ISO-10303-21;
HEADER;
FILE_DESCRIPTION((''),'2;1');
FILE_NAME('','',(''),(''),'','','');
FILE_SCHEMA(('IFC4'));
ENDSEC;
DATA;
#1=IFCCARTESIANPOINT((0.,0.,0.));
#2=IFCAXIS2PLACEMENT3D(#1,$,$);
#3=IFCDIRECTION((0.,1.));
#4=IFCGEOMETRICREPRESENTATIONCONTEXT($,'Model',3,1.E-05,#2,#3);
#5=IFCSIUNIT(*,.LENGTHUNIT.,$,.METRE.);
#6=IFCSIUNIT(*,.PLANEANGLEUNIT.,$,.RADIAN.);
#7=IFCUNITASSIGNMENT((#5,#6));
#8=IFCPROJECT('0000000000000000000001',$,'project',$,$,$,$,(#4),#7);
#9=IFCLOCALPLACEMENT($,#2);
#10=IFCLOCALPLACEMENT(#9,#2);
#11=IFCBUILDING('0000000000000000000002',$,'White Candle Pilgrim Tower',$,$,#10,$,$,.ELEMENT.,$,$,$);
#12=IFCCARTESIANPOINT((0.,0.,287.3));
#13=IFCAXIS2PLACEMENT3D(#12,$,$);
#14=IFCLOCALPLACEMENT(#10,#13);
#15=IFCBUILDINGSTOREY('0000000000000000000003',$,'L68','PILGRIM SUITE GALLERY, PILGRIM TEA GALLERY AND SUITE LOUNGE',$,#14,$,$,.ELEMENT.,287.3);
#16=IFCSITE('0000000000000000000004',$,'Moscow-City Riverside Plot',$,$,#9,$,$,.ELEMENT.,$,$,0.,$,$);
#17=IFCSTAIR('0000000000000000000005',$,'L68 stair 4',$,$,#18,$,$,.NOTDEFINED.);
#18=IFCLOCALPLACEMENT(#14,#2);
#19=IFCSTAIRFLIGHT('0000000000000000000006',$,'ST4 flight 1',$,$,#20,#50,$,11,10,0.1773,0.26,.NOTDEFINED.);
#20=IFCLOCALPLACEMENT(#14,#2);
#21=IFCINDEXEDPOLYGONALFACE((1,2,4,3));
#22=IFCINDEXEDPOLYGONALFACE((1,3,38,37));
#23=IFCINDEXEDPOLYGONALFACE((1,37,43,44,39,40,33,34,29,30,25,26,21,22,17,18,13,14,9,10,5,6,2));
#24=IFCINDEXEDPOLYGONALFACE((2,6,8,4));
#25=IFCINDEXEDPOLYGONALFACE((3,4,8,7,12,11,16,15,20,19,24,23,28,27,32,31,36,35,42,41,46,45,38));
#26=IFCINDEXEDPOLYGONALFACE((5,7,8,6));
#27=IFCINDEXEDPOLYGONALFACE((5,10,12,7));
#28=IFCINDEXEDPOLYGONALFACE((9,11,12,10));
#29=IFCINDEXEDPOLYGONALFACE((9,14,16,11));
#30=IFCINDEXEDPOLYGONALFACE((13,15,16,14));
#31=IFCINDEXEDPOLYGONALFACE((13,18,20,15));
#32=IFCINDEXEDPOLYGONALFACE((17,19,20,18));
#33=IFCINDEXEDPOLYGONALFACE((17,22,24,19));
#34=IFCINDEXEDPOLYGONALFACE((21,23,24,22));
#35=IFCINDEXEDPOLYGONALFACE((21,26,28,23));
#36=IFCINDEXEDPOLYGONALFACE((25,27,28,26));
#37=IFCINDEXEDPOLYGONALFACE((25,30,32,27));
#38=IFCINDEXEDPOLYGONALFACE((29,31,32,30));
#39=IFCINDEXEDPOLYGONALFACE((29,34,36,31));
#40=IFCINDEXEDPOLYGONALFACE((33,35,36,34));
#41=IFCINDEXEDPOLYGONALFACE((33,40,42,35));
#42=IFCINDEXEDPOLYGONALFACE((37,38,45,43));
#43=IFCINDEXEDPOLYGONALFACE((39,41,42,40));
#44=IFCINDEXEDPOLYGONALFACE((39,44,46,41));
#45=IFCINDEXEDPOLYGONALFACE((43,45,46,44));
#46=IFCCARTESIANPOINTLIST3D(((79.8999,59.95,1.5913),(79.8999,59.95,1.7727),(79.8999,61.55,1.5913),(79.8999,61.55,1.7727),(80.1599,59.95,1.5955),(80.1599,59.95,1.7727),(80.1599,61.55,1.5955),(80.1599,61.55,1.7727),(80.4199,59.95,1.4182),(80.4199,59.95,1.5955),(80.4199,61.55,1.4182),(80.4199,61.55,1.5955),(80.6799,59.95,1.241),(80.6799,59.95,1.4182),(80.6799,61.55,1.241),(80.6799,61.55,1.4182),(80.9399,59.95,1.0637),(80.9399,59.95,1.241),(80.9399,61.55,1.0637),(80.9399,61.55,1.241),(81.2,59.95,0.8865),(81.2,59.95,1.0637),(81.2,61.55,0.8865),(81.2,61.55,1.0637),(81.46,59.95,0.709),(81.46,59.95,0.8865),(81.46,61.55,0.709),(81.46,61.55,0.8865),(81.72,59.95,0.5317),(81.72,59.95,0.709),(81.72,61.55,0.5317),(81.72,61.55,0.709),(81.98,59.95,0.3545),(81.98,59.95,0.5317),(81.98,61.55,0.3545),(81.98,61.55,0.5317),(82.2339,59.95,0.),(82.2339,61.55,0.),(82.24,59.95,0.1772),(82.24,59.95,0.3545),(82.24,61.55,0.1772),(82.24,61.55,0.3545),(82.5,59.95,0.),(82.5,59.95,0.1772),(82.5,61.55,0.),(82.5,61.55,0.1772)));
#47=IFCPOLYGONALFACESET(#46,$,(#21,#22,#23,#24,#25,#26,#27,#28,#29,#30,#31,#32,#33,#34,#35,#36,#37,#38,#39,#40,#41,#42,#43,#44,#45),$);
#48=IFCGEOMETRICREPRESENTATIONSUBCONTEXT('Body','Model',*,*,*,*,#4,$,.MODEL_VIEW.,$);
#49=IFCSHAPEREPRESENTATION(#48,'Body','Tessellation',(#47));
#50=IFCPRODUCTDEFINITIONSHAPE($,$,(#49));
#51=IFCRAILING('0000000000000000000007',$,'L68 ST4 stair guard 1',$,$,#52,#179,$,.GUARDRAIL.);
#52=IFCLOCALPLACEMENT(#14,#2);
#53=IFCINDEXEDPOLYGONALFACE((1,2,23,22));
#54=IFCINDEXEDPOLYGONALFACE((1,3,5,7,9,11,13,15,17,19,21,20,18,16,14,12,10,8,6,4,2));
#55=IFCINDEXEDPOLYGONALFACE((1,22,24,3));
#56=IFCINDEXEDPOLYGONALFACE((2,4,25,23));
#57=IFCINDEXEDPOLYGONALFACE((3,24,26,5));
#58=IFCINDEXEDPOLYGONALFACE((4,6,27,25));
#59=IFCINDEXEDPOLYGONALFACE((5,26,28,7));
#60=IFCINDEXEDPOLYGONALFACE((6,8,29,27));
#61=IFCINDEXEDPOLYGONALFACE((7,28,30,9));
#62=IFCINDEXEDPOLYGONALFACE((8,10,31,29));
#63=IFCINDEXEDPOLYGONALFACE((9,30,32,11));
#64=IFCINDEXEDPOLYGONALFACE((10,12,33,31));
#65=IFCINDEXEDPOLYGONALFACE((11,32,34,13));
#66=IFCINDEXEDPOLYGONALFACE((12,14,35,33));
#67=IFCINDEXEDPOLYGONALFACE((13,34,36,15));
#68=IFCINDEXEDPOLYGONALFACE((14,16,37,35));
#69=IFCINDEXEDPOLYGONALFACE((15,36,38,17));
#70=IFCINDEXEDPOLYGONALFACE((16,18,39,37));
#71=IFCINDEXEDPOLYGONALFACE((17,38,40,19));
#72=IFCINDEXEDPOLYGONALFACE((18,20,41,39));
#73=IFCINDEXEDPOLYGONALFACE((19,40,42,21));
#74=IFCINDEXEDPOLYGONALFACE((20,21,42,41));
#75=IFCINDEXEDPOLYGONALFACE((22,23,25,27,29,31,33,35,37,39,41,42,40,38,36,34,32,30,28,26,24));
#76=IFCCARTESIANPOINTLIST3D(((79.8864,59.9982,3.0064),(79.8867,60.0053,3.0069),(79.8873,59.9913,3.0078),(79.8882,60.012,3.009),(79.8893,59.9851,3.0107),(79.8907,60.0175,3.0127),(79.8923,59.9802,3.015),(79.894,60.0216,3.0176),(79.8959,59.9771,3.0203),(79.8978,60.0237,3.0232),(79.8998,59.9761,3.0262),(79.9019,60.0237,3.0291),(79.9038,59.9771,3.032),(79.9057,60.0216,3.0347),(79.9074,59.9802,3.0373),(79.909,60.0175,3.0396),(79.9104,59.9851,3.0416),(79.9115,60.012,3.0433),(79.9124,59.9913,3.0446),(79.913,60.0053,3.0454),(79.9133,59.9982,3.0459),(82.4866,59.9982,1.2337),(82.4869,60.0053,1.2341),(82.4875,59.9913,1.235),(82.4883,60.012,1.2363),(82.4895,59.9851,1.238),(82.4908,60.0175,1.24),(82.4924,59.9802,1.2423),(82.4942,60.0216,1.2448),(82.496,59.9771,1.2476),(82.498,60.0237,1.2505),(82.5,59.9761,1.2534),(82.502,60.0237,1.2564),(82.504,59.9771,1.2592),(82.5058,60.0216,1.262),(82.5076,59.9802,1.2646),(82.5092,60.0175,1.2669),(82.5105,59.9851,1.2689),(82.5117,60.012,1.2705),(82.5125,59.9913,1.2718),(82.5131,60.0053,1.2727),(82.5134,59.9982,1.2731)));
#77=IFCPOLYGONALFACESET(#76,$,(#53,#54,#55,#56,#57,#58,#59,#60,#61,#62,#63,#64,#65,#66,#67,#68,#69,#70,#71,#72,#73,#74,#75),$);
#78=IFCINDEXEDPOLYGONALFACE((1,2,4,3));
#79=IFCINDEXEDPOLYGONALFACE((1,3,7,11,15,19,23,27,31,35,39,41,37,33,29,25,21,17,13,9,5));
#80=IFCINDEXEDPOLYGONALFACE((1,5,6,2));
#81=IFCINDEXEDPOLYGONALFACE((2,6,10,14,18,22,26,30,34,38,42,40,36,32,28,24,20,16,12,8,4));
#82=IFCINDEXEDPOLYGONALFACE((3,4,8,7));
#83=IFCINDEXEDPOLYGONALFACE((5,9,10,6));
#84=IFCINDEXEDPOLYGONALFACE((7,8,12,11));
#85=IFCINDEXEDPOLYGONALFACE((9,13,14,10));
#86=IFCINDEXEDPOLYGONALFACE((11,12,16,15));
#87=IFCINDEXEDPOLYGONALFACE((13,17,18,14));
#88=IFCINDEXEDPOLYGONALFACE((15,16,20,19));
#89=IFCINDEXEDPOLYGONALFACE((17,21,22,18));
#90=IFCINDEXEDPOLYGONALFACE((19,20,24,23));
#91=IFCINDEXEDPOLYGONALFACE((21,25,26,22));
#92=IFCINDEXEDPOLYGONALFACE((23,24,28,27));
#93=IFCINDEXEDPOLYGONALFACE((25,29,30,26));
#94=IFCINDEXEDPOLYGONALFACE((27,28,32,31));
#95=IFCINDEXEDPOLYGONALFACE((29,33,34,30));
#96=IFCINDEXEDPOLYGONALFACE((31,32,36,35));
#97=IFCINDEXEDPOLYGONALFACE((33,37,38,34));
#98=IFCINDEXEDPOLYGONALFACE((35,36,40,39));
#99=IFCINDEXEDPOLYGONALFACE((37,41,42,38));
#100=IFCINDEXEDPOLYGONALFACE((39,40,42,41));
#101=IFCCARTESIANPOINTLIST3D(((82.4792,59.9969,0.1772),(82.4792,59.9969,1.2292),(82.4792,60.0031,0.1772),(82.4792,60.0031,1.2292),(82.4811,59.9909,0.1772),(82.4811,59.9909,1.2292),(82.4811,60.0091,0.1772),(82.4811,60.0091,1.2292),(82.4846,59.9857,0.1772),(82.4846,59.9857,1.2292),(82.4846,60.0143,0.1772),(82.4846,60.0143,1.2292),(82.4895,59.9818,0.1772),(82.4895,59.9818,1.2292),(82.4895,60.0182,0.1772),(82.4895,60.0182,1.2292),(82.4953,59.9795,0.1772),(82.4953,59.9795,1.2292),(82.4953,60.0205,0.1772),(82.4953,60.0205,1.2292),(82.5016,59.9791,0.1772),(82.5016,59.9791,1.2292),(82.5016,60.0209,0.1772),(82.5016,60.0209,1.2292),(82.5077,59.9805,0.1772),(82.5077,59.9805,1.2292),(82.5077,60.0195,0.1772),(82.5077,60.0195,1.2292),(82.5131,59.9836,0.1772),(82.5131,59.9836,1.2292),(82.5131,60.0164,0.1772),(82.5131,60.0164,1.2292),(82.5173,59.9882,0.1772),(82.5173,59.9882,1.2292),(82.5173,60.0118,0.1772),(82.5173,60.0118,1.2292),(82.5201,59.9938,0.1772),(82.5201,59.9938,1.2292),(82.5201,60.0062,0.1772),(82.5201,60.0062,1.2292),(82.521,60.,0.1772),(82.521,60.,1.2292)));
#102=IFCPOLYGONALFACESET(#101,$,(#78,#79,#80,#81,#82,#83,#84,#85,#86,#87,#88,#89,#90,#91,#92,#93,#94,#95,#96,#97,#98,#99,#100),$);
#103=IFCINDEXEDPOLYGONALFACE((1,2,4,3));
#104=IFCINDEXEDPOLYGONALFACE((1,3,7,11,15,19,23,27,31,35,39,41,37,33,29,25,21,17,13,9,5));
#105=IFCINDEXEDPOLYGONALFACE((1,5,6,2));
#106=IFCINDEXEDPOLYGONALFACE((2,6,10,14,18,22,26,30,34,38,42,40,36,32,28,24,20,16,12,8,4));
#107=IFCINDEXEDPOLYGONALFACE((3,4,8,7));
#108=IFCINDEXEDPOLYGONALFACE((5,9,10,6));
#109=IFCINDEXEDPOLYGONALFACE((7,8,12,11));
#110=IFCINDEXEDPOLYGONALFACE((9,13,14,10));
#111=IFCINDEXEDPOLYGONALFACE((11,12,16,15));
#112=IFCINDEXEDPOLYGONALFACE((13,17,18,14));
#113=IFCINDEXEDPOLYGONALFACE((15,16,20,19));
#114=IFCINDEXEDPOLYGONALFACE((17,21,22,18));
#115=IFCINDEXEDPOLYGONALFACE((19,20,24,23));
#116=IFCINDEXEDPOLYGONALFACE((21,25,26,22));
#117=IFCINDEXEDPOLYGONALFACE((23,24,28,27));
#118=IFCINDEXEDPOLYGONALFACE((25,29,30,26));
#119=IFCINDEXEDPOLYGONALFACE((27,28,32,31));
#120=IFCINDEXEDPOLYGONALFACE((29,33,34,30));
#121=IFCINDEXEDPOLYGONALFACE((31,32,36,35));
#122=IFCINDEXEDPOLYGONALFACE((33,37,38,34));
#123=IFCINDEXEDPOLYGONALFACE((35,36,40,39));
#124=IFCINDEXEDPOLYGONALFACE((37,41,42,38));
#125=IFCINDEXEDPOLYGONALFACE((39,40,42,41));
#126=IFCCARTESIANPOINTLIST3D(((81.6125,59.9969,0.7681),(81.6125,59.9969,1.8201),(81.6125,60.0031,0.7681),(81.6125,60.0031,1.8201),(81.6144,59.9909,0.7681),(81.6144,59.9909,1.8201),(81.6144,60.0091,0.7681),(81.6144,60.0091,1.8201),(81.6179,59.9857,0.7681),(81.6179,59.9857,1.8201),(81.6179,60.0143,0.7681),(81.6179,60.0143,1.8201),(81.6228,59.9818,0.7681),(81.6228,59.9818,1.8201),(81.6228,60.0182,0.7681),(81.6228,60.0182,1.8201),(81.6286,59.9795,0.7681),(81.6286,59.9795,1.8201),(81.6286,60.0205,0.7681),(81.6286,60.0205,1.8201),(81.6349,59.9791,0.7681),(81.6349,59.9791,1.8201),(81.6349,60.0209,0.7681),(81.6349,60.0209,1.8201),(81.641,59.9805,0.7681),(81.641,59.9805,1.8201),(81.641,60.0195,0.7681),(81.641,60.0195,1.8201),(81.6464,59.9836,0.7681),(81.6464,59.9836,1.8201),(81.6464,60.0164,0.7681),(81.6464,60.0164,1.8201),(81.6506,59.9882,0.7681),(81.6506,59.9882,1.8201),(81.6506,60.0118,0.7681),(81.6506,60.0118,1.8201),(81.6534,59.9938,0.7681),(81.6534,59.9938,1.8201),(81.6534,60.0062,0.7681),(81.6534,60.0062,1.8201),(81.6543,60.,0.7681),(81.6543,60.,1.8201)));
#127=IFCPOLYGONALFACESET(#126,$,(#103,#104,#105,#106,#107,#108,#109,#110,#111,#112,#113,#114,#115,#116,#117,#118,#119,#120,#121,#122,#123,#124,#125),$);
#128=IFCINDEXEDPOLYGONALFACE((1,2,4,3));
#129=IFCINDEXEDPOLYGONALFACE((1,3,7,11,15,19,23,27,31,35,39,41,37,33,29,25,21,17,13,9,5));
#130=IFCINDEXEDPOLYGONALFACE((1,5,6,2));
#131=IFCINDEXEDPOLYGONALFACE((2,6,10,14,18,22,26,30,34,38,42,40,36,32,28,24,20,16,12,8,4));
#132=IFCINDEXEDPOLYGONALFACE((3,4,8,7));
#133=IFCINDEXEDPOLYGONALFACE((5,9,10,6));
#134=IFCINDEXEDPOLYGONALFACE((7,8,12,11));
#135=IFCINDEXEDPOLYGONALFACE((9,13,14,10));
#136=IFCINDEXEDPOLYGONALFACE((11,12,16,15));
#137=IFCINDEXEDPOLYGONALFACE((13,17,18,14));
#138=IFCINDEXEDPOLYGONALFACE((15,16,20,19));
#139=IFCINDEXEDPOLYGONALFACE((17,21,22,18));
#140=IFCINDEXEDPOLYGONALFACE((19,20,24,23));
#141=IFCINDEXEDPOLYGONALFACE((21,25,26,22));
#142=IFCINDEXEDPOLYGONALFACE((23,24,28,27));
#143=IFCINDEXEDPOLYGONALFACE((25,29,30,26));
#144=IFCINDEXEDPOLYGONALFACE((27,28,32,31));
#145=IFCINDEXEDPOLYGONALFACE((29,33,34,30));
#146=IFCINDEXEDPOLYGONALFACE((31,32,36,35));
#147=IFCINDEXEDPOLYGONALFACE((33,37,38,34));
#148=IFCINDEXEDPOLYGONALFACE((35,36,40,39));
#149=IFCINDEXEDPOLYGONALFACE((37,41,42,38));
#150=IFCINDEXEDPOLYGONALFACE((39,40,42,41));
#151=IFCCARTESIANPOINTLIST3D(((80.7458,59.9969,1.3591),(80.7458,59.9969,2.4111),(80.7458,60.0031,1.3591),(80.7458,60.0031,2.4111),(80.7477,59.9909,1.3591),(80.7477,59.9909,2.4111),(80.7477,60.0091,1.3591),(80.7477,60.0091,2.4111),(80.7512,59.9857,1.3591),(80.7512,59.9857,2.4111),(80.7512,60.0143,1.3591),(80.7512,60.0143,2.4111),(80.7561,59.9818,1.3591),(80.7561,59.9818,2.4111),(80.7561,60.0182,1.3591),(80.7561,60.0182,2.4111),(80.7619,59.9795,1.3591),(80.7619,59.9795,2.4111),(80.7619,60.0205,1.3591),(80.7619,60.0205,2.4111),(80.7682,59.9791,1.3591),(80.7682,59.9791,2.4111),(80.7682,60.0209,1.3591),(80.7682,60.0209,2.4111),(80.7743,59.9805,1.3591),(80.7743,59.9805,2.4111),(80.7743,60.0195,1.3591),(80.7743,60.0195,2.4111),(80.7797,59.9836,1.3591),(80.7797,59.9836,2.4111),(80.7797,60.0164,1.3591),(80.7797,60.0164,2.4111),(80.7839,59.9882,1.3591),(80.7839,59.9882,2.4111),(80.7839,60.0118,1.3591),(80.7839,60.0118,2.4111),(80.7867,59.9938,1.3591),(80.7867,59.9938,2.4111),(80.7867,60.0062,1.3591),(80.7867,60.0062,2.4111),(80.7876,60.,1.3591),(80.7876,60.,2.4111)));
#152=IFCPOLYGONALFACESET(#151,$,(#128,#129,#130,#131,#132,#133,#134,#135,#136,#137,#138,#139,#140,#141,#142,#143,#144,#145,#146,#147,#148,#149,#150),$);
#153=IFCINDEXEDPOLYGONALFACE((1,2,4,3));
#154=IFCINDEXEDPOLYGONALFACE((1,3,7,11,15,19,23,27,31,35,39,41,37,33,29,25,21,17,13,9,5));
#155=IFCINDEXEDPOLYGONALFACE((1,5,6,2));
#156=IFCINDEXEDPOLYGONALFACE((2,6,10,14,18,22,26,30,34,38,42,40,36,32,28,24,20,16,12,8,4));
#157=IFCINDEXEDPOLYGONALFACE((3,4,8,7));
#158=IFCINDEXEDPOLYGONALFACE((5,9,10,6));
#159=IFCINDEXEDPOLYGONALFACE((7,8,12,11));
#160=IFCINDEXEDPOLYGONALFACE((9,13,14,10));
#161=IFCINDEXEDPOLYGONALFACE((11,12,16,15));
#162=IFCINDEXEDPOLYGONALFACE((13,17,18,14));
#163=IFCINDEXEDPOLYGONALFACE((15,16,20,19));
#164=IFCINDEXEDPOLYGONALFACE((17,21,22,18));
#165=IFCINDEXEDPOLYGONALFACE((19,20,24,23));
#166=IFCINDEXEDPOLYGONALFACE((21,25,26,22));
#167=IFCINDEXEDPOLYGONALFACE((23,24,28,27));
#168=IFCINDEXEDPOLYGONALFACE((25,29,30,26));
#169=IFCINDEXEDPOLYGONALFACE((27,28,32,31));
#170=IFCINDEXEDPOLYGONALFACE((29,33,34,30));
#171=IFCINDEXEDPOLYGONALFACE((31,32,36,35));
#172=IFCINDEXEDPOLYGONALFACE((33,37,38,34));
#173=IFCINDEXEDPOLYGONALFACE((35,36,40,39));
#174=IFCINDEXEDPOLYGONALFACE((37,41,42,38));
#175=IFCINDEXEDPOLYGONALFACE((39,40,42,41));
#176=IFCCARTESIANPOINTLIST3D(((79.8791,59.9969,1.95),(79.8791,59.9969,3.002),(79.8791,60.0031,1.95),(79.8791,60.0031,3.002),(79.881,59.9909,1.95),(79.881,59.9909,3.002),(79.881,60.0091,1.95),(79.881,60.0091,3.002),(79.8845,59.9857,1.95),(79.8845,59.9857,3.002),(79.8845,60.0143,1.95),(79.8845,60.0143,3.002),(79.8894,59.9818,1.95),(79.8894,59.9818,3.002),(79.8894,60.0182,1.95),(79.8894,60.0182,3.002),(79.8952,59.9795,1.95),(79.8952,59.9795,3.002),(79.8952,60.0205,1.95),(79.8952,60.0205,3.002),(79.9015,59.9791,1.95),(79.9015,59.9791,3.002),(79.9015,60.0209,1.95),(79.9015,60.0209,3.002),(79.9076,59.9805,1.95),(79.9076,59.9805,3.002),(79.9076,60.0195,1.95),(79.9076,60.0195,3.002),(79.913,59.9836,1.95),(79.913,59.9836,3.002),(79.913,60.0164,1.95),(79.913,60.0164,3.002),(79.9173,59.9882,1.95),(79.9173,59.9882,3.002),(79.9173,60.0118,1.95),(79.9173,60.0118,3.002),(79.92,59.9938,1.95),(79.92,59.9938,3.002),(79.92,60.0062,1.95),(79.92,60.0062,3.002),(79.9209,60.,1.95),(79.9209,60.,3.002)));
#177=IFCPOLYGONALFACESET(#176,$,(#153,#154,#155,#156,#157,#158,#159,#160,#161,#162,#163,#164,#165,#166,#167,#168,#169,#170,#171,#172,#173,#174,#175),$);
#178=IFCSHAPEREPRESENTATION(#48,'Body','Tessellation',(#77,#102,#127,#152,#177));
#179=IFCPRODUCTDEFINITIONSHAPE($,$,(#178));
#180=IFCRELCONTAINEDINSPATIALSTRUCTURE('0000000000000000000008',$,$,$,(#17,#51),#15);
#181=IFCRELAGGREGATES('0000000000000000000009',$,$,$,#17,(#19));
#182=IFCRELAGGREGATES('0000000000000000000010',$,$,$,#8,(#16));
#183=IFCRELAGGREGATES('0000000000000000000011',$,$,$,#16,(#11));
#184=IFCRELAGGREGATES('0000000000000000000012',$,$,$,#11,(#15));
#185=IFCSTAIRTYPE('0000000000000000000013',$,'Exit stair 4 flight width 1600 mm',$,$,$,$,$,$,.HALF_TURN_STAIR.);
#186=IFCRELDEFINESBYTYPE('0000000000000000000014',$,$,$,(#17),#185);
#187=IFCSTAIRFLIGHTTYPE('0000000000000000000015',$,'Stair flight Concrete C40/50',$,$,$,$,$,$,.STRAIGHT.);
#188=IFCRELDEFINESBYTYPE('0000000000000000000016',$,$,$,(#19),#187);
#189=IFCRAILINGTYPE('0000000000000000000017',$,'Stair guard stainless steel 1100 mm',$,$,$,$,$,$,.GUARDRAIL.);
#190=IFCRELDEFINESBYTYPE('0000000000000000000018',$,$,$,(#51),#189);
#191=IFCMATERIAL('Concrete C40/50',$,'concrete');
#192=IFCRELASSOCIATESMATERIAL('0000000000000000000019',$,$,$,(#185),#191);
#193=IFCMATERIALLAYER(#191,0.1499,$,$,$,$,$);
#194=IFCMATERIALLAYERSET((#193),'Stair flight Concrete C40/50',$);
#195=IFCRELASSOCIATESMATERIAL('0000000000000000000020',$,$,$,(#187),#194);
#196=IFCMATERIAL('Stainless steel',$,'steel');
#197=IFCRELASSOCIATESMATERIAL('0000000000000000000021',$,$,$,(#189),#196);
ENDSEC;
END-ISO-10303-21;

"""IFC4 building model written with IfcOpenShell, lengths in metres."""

from ifc_helpers import new_model, si_unit, direction, frame, origin, origin_2d, place, context, subcontext, project, spatial, polyline, circle, outline, extrude, material, layer, layer_set, type_object, element, aggregate, save


model = new_model("IFC4")

# Units and contexts
model_context = context("Model", 3, precision=1e-05, world=origin(), true_north=direction((0.0, 1.0)))
body_context = subcontext(model_context, "Body", "Model", "MODEL_VIEW")
ifc_project = project(units=[si_unit("LENGTHUNIT", "METRE"), si_unit("PLANEANGLEUNIT", "RADIAN")], contexts=[model_context])

# Site, building, storey
site_placement = place(None, origin())
site = spatial("IfcSite", under=ifc_project, at=site_placement, Name="Moscow-City Riverside Plot", CompositionType="ELEMENT", RefElevation=0.0)
building_placement = place(site_placement, origin())
building = spatial("IfcBuilding", under=site, at=building_placement, Name="White Candle Pilgrim Tower", CompositionType="ELEMENT")
storey_placement = place(building_placement, frame((0.0, 0.0, 287.3)))
storey = spatial("IfcBuildingStorey", under=building, at=storey_placement, Name="L68", Description="PILGRIM SUITE GALLERY, PILGRIM TEA GALLERY AND SUITE LOUNGE", CompositionType="ELEMENT", Elevation=287.3)

# Stair, stair flight
ifc_material_1 = material(Name="Concrete C40/50", Category="concrete")
stair_type = type_object("IfcStairType", Name="Exit stair 4 flight width 1600 mm", PredefinedType="HALF_TURN_STAIR", material=ifc_material_1)
stair_placement = place(storey_placement, origin())
stair = element("IfcStair", 1, at=stair_placement, inside=storey, type_object=stair_type, Name="L68 stair 4", PredefinedType="NOTDEFINED")
ifc_layer_1 = layer(ifc_material_1, 0.1499)
ifc_layer_set_1 = layer_set([ifc_layer_1], Name="Stair flight Concrete C40/50")
stair_flight_type = type_object("IfcStairFlightType", Name="Stair flight Concrete C40/50", PredefinedType="STRAIGHT", material=ifc_layer_set_1)
stair_flight_placement = place(storey_placement, frame((82.5, 60.75, 0.0), z_axis=(0.0, 0.0, 1.0), x_axis=(-1.0, 0.0, 0.0)))
stair_flight = element("IfcStairFlight", 2, at=stair_flight_placement, type_object=stair_flight_type, Name="ST4 flight 1", NumberOfRisers=11, NumberOfTreads=10, PredefinedType="NOTDEFINED", RiserHeight=0.1773, TreadLength=0.26, context=body_context, shape_type="SweptSolid", body=[
    extrude(outline(polyline([(0.0, 0.0), (0.0, 0.1772), (0.26, 0.1772), (0.26, 0.3545), (0.52, 0.3545), (0.52, 0.5317), (0.78, 0.5317), (0.78, 0.709), (1.04, 0.709), (1.04, 0.8865), (1.3, 0.8865), (1.3, 1.0637), (1.5601, 1.0637), (1.5601, 1.241), (1.8201, 1.241), (1.8201, 1.4182), (2.0801, 1.4182), (2.0801, 1.5955), (2.3401, 1.5955), (2.3401, 1.7727), (2.6001, 1.7727), (2.6001, 1.95), (2.6001, 1.5913), (0.2661, 0.0), (0.0, 0.0)])), frame((0.0, 0.8, 0.0), z_axis=(0.0, -1.0, 0.0), x_axis=(1.0, 0.0, 0.0)), (0.0, 0.0, 1.0), 1.6001),
])
aggregate(stair, [stair_flight])

# Railing
ifc_material_2 = material(Name="Stainless steel", Category="steel")
railing_type = type_object("IfcRailingType", Name="Stair guard stainless steel 1100 mm", PredefinedType="GUARDRAIL", material=ifc_material_2)
railing_1_placement = place(storey_placement, frame((82.5, 60.0, 0.1772)))
element("IfcRailing", 3, at=railing_1_placement, inside=storey, type_object=railing_type, Name="L68 ST4 stair guard 1", PredefinedType="GUARDRAIL", context=body_context, shape_type="SweptSolid", body=[
    extrude(circle(Radius=0.0239, at=origin_2d()), frame((0.0, 0.0, 1.0762), z_axis=(-0.82624, 0.0, 0.563318), x_axis=(0.0, -1.0, 0.0)), (0.0, 0.0, 1.0), 3.147),
    extrude(circle(Radius=0.021, at=origin_2d()), origin(), (0.0, 0.0, 1.0), 1.052),
    extrude(circle(Radius=0.021, at=origin_2d()), frame((-0.8667, 0.0, 0.5908)), (0.0, 0.0, 1.0), 1.052),
    extrude(circle(Radius=0.021, at=origin_2d()), frame((-1.7334, 0.0, 1.1819)), (0.0, 0.0, 1.0), 1.052),
    extrude(circle(Radius=0.021, at=origin_2d()), frame((-2.6001, 0.0, 1.7727)), (0.0, 0.0, 1.0), 1.052),
])

save(model, "model.ifc")
